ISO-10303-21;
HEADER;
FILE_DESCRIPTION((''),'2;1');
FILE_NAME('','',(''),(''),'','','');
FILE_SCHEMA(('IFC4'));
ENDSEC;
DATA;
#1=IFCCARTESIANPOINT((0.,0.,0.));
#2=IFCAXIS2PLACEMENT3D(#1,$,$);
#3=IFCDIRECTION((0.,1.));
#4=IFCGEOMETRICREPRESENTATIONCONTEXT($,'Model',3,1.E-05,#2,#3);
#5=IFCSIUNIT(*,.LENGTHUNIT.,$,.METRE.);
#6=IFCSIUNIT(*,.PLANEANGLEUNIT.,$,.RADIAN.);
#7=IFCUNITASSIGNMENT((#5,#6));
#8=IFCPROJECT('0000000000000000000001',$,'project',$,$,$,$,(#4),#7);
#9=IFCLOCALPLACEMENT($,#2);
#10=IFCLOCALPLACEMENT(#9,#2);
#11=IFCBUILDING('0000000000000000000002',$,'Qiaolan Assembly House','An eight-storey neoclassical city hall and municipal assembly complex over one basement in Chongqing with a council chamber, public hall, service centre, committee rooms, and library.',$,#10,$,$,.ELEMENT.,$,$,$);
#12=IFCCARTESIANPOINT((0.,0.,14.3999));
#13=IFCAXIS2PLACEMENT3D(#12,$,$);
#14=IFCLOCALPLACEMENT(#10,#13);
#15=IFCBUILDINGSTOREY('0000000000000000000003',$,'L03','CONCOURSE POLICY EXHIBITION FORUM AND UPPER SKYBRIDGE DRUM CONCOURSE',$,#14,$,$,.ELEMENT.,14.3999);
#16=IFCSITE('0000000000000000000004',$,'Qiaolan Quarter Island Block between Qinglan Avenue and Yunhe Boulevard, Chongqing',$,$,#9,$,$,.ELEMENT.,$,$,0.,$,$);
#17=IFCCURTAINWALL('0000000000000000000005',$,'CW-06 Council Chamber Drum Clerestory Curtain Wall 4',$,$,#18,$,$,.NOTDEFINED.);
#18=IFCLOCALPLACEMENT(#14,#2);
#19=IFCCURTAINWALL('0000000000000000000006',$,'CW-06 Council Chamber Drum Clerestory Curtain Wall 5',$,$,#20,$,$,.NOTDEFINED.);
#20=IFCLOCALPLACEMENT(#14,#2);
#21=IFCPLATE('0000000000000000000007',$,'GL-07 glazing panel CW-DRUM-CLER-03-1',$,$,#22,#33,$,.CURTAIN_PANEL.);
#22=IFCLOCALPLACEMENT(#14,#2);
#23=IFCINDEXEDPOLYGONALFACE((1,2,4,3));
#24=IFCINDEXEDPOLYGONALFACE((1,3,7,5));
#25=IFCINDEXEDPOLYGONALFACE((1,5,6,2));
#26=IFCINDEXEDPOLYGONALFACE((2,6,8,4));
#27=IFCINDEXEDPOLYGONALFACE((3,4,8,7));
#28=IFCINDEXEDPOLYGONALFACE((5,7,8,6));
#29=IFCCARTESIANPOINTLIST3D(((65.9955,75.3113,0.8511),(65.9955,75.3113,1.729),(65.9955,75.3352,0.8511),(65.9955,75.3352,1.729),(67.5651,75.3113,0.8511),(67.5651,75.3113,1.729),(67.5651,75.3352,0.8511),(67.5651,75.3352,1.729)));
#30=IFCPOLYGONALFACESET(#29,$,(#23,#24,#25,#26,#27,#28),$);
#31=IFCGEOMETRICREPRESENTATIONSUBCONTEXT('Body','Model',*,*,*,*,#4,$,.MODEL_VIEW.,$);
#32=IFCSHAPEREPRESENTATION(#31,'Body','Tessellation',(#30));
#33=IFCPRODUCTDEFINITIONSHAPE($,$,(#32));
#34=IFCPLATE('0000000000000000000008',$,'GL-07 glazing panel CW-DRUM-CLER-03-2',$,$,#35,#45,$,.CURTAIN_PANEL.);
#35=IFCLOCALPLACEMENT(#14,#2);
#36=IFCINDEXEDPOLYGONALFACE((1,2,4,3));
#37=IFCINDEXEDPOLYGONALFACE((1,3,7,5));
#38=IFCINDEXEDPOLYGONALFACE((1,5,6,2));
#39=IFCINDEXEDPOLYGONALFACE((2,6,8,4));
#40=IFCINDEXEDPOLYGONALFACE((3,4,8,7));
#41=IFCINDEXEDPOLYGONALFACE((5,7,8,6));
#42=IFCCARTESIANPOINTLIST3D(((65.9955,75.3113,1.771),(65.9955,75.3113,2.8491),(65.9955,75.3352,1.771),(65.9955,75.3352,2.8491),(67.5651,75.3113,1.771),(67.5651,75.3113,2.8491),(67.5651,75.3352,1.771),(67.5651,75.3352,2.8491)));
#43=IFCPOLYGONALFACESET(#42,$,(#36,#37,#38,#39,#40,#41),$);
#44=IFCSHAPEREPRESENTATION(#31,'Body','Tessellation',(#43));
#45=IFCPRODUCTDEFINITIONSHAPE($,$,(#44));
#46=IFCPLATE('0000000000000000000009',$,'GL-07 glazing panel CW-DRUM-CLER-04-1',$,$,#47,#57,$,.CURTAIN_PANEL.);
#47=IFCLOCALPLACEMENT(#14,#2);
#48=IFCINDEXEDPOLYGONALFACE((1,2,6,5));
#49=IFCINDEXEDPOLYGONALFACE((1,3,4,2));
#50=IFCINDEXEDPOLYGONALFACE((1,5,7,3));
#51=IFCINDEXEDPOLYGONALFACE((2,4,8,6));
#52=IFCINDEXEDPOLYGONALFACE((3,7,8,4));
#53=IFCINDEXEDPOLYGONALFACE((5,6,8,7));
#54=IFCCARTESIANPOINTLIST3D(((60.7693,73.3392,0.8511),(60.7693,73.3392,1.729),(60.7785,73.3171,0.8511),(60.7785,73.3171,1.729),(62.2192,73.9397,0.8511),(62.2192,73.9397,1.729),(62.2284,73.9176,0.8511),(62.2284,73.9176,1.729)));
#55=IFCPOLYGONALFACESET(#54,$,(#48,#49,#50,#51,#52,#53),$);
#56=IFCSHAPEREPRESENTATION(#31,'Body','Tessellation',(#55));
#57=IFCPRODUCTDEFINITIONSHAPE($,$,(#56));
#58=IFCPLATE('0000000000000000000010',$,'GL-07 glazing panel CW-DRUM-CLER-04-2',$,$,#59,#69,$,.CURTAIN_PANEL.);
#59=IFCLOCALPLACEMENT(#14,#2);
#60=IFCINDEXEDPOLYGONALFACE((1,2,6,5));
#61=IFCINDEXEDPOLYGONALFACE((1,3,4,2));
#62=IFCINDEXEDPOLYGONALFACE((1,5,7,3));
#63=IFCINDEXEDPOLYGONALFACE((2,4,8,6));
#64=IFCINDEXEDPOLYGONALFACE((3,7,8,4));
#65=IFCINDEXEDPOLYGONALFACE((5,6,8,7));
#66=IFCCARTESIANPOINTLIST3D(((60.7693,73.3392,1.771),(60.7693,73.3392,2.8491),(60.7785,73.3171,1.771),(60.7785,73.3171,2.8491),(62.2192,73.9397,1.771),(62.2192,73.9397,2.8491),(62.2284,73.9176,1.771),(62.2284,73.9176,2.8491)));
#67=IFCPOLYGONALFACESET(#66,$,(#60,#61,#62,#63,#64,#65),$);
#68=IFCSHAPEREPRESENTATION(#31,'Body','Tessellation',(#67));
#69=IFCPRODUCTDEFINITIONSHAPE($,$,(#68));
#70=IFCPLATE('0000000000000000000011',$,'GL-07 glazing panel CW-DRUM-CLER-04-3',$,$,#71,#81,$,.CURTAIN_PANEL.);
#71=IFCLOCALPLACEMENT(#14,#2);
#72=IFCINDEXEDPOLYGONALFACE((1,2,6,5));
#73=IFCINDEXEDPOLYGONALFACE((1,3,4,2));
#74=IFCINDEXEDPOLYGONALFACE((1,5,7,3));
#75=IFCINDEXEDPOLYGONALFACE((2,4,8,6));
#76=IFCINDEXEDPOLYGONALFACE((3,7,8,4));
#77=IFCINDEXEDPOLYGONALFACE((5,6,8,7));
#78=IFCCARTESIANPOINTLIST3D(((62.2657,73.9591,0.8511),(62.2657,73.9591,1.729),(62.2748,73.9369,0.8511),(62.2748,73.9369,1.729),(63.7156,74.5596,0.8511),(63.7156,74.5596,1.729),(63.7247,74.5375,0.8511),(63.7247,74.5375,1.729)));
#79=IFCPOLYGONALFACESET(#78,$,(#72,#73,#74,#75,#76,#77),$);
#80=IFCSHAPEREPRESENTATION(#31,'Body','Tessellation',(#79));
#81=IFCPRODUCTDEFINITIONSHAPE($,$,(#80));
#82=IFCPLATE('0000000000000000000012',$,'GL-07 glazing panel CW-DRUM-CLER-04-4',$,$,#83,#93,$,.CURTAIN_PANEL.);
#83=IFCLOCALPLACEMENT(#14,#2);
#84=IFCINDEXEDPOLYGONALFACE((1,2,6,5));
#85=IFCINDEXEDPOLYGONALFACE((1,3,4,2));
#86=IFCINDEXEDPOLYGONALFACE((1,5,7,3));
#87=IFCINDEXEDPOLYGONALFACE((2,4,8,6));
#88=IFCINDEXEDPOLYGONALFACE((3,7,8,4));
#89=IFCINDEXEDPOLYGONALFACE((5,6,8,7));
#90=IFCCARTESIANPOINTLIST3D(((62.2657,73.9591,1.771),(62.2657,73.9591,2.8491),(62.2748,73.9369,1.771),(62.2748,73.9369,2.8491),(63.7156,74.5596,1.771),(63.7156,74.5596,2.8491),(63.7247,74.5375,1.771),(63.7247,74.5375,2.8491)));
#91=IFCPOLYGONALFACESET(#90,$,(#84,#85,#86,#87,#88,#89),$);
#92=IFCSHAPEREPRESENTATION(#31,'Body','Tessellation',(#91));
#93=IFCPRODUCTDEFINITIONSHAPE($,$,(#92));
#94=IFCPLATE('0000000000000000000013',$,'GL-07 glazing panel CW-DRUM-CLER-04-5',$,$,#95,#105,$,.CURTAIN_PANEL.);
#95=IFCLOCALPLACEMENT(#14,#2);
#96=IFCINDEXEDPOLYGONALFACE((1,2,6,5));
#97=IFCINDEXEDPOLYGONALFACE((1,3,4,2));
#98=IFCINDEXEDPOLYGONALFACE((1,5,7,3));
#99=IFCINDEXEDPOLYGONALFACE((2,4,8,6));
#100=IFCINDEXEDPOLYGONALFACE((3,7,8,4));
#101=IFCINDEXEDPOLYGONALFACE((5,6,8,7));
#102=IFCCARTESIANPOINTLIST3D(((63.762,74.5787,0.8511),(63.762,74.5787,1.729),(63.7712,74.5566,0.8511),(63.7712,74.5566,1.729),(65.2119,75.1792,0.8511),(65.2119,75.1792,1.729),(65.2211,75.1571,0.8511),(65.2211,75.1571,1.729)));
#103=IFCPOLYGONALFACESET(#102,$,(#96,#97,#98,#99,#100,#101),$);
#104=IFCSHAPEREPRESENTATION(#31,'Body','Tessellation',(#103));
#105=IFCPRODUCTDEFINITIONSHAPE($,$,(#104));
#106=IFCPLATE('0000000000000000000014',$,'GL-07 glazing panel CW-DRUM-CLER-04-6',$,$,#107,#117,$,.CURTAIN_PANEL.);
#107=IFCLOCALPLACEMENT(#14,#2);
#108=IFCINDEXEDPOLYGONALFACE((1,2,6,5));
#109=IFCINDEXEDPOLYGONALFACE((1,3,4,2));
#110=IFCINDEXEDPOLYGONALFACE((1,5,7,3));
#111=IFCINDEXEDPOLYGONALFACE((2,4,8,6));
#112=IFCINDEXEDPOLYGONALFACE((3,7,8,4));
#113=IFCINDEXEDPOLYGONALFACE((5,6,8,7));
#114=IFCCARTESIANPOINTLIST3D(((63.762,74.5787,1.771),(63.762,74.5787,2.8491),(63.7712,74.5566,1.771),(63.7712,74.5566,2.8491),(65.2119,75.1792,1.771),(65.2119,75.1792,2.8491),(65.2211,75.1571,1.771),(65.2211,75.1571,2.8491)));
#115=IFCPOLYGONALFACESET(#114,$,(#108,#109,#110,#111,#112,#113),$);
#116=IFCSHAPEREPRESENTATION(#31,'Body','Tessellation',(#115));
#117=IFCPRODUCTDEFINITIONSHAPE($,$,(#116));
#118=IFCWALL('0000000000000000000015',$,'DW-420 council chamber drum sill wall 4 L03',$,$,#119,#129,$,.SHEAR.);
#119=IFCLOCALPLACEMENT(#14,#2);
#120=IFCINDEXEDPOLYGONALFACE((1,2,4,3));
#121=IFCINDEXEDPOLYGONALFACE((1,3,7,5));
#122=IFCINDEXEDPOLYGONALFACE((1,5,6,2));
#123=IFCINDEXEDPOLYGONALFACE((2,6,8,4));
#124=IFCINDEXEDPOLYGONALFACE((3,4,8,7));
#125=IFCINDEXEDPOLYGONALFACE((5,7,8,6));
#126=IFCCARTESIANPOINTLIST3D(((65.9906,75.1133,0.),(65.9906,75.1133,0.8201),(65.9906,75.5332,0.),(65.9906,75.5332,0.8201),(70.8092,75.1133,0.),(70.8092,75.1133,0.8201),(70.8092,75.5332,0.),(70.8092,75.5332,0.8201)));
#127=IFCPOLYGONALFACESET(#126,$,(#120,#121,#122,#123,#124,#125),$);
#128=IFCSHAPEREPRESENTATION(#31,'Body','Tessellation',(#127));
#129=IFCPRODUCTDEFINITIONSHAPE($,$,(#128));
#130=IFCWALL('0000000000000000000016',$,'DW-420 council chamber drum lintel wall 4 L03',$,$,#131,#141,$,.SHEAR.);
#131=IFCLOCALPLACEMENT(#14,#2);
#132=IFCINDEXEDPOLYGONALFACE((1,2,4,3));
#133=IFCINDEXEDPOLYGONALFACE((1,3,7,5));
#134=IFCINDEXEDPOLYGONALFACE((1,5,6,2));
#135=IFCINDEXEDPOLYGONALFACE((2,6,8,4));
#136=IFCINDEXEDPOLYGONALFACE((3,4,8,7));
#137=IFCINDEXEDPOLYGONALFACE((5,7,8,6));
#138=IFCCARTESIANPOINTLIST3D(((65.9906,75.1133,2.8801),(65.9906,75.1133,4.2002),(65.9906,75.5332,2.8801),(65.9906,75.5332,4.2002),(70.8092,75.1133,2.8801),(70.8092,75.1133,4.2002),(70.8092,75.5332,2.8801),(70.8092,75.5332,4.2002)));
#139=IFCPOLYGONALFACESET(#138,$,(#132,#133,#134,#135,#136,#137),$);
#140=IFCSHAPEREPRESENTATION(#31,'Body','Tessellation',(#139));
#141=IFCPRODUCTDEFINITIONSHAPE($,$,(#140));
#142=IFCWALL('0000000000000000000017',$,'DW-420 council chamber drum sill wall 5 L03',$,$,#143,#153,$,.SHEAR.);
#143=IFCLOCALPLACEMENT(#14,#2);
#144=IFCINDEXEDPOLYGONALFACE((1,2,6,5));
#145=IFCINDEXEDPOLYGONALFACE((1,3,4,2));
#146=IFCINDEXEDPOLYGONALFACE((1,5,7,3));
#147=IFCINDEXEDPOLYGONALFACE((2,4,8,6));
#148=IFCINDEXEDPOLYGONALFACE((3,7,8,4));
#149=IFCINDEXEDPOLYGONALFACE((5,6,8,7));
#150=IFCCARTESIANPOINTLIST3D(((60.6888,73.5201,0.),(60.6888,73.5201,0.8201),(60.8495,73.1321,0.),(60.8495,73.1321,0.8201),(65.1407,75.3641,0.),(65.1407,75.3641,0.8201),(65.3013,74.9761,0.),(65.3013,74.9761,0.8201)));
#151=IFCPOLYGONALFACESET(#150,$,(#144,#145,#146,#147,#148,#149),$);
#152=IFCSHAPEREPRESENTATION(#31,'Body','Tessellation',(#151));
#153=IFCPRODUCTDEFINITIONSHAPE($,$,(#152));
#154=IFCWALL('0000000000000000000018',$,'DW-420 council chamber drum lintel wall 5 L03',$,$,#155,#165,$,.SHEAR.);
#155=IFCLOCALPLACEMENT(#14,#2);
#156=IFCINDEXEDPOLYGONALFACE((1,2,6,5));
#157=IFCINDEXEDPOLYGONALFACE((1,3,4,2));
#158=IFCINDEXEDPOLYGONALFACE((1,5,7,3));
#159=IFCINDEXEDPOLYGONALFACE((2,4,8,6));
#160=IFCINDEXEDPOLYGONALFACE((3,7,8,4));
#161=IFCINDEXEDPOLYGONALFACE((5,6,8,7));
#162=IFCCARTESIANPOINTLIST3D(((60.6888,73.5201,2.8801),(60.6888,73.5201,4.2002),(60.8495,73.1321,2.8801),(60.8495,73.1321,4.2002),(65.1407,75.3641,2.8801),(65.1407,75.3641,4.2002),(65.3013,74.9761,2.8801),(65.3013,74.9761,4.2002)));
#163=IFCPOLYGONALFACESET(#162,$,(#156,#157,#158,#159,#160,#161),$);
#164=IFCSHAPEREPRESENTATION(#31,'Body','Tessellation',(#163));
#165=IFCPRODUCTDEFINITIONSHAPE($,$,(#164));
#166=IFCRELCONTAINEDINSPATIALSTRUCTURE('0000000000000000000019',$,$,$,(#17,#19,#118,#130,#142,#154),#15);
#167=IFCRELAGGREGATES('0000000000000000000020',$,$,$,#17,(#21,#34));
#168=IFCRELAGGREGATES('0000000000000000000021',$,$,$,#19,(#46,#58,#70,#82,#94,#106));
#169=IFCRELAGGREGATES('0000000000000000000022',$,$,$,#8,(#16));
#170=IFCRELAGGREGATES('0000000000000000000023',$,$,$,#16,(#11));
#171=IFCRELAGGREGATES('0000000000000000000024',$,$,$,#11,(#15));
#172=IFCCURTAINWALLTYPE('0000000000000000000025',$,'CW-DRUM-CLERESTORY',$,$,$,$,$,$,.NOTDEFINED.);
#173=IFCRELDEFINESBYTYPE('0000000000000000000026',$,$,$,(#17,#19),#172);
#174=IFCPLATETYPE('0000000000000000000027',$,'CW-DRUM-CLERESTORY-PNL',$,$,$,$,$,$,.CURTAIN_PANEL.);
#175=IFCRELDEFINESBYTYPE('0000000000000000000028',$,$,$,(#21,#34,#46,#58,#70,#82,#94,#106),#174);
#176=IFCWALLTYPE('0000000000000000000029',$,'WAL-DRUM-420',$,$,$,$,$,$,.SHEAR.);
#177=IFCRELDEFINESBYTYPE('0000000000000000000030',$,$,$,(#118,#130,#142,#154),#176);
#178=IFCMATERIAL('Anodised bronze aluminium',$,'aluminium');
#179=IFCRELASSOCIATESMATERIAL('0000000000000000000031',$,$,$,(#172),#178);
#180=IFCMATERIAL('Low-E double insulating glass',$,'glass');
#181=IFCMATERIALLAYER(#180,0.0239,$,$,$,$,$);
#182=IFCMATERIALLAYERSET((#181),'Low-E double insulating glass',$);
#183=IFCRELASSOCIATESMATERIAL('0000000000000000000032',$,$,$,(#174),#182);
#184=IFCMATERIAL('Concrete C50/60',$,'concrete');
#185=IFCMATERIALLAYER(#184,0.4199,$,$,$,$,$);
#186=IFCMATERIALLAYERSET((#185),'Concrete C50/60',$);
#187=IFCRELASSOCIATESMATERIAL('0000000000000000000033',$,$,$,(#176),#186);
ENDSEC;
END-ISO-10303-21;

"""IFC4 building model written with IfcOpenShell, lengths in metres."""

from ifc_helpers import new_model, si_unit, direction, frame, frame_2d, origin, place, context, subcontext, project, spatial, rectangle, extrude, material, layer, layer_set, type_object, element, aggregate, save


model = new_model("IFC4")

# Units and contexts
model_context = context("Model", 3, precision=1e-05, world=origin(), true_north=direction((0.0, 1.0)))
body_context = subcontext(model_context, "Body", "Model", "MODEL_VIEW")
ifc_project = project(units=[si_unit("LENGTHUNIT", "METRE"), si_unit("PLANEANGLEUNIT", "RADIAN")], contexts=[model_context])

# Site, building, storey
site_placement = place(None, origin())
site = spatial("IfcSite", under=ifc_project, at=site_placement, Name="Qiaolan Quarter Island Block between Qinglan Avenue and Yunhe Boulevard, Chongqing", CompositionType="ELEMENT", RefElevation=0.0)
building_placement = place(site_placement, origin())
building = spatial("IfcBuilding", under=site, at=building_placement, Name="Qiaolan Assembly House", Description="An eight-storey neoclassical city hall and municipal assembly complex over one basement in Chongqing with a council chamber, public hall, service centre, committee rooms, and library.", CompositionType="ELEMENT")
storey_placement = place(building_placement, frame((0.0, 0.0, 14.3999)))
storey = spatial("IfcBuildingStorey", under=building, at=storey_placement, Name="L03", Description="CONCOURSE POLICY EXHIBITION FORUM AND UPPER SKYBRIDGE DRUM CONCOURSE", CompositionType="ELEMENT", Elevation=14.3999)

# Curtain wall
ifc_material_1 = material(Name="Anodised bronze aluminium", Category="aluminium")
curtain_wall_type = type_object("IfcCurtainWallType", Name="CW-DRUM-CLERESTORY", PredefinedType="NOTDEFINED", material=ifc_material_1)
curtain_wall_1_placement = place(storey_placement, origin())
curtain_wall_1 = element("IfcCurtainWall", 1, at=curtain_wall_1_placement, inside=storey, type_object=curtain_wall_type, Name="CW-06 Council Chamber Drum Clerestory Curtain Wall 4", PredefinedType="NOTDEFINED")

# Curtain wall
curtain_wall_2_placement = place(storey_placement, origin())
curtain_wall_2 = element("IfcCurtainWall", 2, at=curtain_wall_2_placement, inside=storey, type_object=curtain_wall_type, Name="CW-06 Council Chamber Drum Clerestory Curtain Wall 5", PredefinedType="NOTDEFINED")

# Plates
ifc_material_2 = material(Name="Low-E double insulating glass", Category="glass")
ifc_layer_1 = layer(ifc_material_2, 0.0239)
ifc_layer_set_1 = layer_set([ifc_layer_1], Name="Low-E double insulating glass")
plate_type = type_object("IfcPlateType", Name="CW-DRUM-CLERESTORY-PNL", PredefinedType="CURTAIN_PANEL", material=ifc_layer_set_1)
plate_1_placement = place(storey_placement, frame((65.9956, 75.3232, 0.8511), z_axis=(0.0, 0.0, 1.0), x_axis=(1.0, 0.0, 0.0)))
plate_1 = element("IfcPlate", 3, at=plate_1_placement, type_object=plate_type, Name="GL-07 glazing panel CW-DRUM-CLER-03-1", PredefinedType="CURTAIN_PANEL", context=body_context, shape_type="SweptSolid", body=[
    extrude(rectangle(XDim=1.5696, YDim=0.0239, at=frame_2d((0.7847, 0.0))), origin(), (0.0, 0.0, 1.0), 0.8779),
])
plate_2_placement = place(storey_placement, frame((65.9956, 75.3232, 1.771), z_axis=(0.0, 0.0, 1.0), x_axis=(1.0, 0.0, 0.0)))
plate_2 = element("IfcPlate", 4, at=plate_2_placement, type_object=plate_type, Name="GL-07 glazing panel CW-DRUM-CLER-03-2", PredefinedType="CURTAIN_PANEL", context=body_context, shape_type="SweptSolid", body=[
    extrude(rectangle(XDim=1.5696, YDim=0.0239, at=frame_2d((0.7847, 0.0))), origin(), (0.0, 0.0, 1.0), 1.0781),
])
aggregate(curtain_wall_1, [plate_1, plate_2])
plate_3_placement = place(storey_placement, frame((60.7739, 73.3281, 0.8511), z_axis=(0.0, 0.0, 1.0), x_axis=(0.92388, 0.382682, 0.0)))
plate_3 = element("IfcPlate", 5, at=plate_3_placement, type_object=plate_type, Name="GL-07 glazing panel CW-DRUM-CLER-04-1", PredefinedType="CURTAIN_PANEL", context=body_context, shape_type="SweptSolid", body=[
    extrude(rectangle(XDim=1.5693, YDim=0.0239, at=frame_2d((0.7847, 0.0))), origin(), (0.0, 0.0, 1.0), 0.8779),
])
plate_4_placement = place(storey_placement, frame((60.7739, 73.3281, 1.771), z_axis=(0.0, 0.0, 1.0), x_axis=(0.92388, 0.382682, 0.0)))
plate_4 = element("IfcPlate", 6, at=plate_4_placement, type_object=plate_type, Name="GL-07 glazing panel CW-DRUM-CLER-04-2", PredefinedType="CURTAIN_PANEL", context=body_context, shape_type="SweptSolid", body=[
    extrude(rectangle(XDim=1.5693, YDim=0.0239, at=frame_2d((0.7847, 0.0))), origin(), (0.0, 0.0, 1.0), 1.0781),
])
plate_5_placement = place(storey_placement, frame((62.2703, 73.948, 0.8511), z_axis=(0.0, 0.0, 1.0), x_axis=(0.92388, 0.382682, 0.0)))
plate_5 = element("IfcPlate", 7, at=plate_5_placement, type_object=plate_type, Name="GL-07 glazing panel CW-DRUM-CLER-04-3", PredefinedType="CURTAIN_PANEL", context=body_context, shape_type="SweptSolid", body=[
    extrude(rectangle(XDim=1.5693, YDim=0.0239, at=frame_2d((0.7847, 0.0))), origin(), (0.0, 0.0, 1.0), 0.8779),
])
plate_6_placement = place(storey_placement, frame((62.2703, 73.948, 1.771), z_axis=(0.0, 0.0, 1.0), x_axis=(0.92388, 0.382682, 0.0)))
plate_6 = element("IfcPlate", 8, at=plate_6_placement, type_object=plate_type, Name="GL-07 glazing panel CW-DRUM-CLER-04-4", PredefinedType="CURTAIN_PANEL", context=body_context, shape_type="SweptSolid", body=[
    extrude(rectangle(XDim=1.5693, YDim=0.0239, at=frame_2d((0.7847, 0.0))), origin(), (0.0, 0.0, 1.0), 1.0781),
])
plate_7_placement = place(storey_placement, frame((63.7666, 74.5676, 0.8511), z_axis=(0.0, 0.0, 1.0), x_axis=(0.92388, 0.382682, 0.0)))
plate_7 = element("IfcPlate", 9, at=plate_7_placement, type_object=plate_type, Name="GL-07 glazing panel CW-DRUM-CLER-04-5", PredefinedType="CURTAIN_PANEL", context=body_context, shape_type="SweptSolid", body=[
    extrude(rectangle(XDim=1.5693, YDim=0.0239, at=frame_2d((0.7847, 0.0))), origin(), (0.0, 0.0, 1.0), 0.8779),
])
plate_8_placement = place(storey_placement, frame((63.7666, 74.5676, 1.771), z_axis=(0.0, 0.0, 1.0), x_axis=(0.92388, 0.382682, 0.0)))
plate_8 = element("IfcPlate", 10, at=plate_8_placement, type_object=plate_type, Name="GL-07 glazing panel CW-DRUM-CLER-04-6", PredefinedType="CURTAIN_PANEL", context=body_context, shape_type="SweptSolid", body=[
    extrude(rectangle(XDim=1.5693, YDim=0.0239, at=frame_2d((0.7847, 0.0))), origin(), (0.0, 0.0, 1.0), 1.0781),
])
aggregate(curtain_wall_2, [plate_3, plate_4, plate_5, plate_6, plate_7, plate_8])

# Walls
ifc_material_3 = material(Name="Concrete C50/60", Category="concrete")
ifc_layer_2 = layer(ifc_material_3, 0.4199)
ifc_layer_set_2 = layer_set([ifc_layer_2], Name="Concrete C50/60")
wall_type = type_object("IfcWallType", Name="WAL-DRUM-420", PredefinedType="SHEAR", material=ifc_layer_set_2)
wall_1_placement = place(storey_placement, frame((65.9907, 75.3232, 0.0), z_axis=(0.0, 0.0, 1.0), x_axis=(1.0, 0.0, 0.0)))
element("IfcWall", 11, at=wall_1_placement, inside=storey, type_object=wall_type, Name="DW-420 council chamber drum sill wall 4 L03", PredefinedType="SHEAR", context=body_context, shape_type="SweptSolid", body=[
    extrude(rectangle(XDim=4.8186, YDim=0.4199, at=frame_2d((2.4092, 0.0))), origin(), (0.0, 0.0, 1.0), 0.8201),
])
wall_2_placement = place(storey_placement, frame((65.9907, 75.3232, 2.8801), z_axis=(0.0, 0.0, 1.0), x_axis=(1.0, 0.0, 0.0)))
element("IfcWall", 12, at=wall_2_placement, inside=storey, type_object=wall_type, Name="DW-420 council chamber drum lintel wall 4 L03", PredefinedType="SHEAR", context=body_context, shape_type="SweptSolid", body=[
    extrude(rectangle(XDim=4.8186, YDim=0.4199, at=frame_2d((2.4092, 0.0))), origin(), (0.0, 0.0, 1.0), 1.3201),
])
wall_3_placement = place(storey_placement, frame((60.7693, 73.3262, 0.0), z_axis=(0.0, 0.0, 1.0), x_axis=(0.923883, 0.382675, 0.0)))
element("IfcWall", 13, at=wall_3_placement, inside=storey, type_object=wall_type, Name="DW-420 council chamber drum sill wall 5 L03", PredefinedType="SHEAR", context=body_context, shape_type="SweptSolid", body=[
    extrude(rectangle(XDim=4.8186, YDim=0.4199, at=frame_2d((2.4092, 0.0))), origin(), (0.0, 0.0, 1.0), 0.8201),
])
wall_4_placement = place(storey_placement, frame((60.7693, 73.3262, 2.8801), z_axis=(0.0, 0.0, 1.0), x_axis=(0.923883, 0.382675, 0.0)))
element("IfcWall", 14, at=wall_4_placement, inside=storey, type_object=wall_type, Name="DW-420 council chamber drum lintel wall 5 L03", PredefinedType="SHEAR", context=body_context, shape_type="SweptSolid", body=[
    extrude(rectangle(XDim=4.8186, YDim=0.4199, at=frame_2d((2.4092, 0.0))), origin(), (0.0, 0.0, 1.0), 1.3201),
])

save(model, "model.ifc")
